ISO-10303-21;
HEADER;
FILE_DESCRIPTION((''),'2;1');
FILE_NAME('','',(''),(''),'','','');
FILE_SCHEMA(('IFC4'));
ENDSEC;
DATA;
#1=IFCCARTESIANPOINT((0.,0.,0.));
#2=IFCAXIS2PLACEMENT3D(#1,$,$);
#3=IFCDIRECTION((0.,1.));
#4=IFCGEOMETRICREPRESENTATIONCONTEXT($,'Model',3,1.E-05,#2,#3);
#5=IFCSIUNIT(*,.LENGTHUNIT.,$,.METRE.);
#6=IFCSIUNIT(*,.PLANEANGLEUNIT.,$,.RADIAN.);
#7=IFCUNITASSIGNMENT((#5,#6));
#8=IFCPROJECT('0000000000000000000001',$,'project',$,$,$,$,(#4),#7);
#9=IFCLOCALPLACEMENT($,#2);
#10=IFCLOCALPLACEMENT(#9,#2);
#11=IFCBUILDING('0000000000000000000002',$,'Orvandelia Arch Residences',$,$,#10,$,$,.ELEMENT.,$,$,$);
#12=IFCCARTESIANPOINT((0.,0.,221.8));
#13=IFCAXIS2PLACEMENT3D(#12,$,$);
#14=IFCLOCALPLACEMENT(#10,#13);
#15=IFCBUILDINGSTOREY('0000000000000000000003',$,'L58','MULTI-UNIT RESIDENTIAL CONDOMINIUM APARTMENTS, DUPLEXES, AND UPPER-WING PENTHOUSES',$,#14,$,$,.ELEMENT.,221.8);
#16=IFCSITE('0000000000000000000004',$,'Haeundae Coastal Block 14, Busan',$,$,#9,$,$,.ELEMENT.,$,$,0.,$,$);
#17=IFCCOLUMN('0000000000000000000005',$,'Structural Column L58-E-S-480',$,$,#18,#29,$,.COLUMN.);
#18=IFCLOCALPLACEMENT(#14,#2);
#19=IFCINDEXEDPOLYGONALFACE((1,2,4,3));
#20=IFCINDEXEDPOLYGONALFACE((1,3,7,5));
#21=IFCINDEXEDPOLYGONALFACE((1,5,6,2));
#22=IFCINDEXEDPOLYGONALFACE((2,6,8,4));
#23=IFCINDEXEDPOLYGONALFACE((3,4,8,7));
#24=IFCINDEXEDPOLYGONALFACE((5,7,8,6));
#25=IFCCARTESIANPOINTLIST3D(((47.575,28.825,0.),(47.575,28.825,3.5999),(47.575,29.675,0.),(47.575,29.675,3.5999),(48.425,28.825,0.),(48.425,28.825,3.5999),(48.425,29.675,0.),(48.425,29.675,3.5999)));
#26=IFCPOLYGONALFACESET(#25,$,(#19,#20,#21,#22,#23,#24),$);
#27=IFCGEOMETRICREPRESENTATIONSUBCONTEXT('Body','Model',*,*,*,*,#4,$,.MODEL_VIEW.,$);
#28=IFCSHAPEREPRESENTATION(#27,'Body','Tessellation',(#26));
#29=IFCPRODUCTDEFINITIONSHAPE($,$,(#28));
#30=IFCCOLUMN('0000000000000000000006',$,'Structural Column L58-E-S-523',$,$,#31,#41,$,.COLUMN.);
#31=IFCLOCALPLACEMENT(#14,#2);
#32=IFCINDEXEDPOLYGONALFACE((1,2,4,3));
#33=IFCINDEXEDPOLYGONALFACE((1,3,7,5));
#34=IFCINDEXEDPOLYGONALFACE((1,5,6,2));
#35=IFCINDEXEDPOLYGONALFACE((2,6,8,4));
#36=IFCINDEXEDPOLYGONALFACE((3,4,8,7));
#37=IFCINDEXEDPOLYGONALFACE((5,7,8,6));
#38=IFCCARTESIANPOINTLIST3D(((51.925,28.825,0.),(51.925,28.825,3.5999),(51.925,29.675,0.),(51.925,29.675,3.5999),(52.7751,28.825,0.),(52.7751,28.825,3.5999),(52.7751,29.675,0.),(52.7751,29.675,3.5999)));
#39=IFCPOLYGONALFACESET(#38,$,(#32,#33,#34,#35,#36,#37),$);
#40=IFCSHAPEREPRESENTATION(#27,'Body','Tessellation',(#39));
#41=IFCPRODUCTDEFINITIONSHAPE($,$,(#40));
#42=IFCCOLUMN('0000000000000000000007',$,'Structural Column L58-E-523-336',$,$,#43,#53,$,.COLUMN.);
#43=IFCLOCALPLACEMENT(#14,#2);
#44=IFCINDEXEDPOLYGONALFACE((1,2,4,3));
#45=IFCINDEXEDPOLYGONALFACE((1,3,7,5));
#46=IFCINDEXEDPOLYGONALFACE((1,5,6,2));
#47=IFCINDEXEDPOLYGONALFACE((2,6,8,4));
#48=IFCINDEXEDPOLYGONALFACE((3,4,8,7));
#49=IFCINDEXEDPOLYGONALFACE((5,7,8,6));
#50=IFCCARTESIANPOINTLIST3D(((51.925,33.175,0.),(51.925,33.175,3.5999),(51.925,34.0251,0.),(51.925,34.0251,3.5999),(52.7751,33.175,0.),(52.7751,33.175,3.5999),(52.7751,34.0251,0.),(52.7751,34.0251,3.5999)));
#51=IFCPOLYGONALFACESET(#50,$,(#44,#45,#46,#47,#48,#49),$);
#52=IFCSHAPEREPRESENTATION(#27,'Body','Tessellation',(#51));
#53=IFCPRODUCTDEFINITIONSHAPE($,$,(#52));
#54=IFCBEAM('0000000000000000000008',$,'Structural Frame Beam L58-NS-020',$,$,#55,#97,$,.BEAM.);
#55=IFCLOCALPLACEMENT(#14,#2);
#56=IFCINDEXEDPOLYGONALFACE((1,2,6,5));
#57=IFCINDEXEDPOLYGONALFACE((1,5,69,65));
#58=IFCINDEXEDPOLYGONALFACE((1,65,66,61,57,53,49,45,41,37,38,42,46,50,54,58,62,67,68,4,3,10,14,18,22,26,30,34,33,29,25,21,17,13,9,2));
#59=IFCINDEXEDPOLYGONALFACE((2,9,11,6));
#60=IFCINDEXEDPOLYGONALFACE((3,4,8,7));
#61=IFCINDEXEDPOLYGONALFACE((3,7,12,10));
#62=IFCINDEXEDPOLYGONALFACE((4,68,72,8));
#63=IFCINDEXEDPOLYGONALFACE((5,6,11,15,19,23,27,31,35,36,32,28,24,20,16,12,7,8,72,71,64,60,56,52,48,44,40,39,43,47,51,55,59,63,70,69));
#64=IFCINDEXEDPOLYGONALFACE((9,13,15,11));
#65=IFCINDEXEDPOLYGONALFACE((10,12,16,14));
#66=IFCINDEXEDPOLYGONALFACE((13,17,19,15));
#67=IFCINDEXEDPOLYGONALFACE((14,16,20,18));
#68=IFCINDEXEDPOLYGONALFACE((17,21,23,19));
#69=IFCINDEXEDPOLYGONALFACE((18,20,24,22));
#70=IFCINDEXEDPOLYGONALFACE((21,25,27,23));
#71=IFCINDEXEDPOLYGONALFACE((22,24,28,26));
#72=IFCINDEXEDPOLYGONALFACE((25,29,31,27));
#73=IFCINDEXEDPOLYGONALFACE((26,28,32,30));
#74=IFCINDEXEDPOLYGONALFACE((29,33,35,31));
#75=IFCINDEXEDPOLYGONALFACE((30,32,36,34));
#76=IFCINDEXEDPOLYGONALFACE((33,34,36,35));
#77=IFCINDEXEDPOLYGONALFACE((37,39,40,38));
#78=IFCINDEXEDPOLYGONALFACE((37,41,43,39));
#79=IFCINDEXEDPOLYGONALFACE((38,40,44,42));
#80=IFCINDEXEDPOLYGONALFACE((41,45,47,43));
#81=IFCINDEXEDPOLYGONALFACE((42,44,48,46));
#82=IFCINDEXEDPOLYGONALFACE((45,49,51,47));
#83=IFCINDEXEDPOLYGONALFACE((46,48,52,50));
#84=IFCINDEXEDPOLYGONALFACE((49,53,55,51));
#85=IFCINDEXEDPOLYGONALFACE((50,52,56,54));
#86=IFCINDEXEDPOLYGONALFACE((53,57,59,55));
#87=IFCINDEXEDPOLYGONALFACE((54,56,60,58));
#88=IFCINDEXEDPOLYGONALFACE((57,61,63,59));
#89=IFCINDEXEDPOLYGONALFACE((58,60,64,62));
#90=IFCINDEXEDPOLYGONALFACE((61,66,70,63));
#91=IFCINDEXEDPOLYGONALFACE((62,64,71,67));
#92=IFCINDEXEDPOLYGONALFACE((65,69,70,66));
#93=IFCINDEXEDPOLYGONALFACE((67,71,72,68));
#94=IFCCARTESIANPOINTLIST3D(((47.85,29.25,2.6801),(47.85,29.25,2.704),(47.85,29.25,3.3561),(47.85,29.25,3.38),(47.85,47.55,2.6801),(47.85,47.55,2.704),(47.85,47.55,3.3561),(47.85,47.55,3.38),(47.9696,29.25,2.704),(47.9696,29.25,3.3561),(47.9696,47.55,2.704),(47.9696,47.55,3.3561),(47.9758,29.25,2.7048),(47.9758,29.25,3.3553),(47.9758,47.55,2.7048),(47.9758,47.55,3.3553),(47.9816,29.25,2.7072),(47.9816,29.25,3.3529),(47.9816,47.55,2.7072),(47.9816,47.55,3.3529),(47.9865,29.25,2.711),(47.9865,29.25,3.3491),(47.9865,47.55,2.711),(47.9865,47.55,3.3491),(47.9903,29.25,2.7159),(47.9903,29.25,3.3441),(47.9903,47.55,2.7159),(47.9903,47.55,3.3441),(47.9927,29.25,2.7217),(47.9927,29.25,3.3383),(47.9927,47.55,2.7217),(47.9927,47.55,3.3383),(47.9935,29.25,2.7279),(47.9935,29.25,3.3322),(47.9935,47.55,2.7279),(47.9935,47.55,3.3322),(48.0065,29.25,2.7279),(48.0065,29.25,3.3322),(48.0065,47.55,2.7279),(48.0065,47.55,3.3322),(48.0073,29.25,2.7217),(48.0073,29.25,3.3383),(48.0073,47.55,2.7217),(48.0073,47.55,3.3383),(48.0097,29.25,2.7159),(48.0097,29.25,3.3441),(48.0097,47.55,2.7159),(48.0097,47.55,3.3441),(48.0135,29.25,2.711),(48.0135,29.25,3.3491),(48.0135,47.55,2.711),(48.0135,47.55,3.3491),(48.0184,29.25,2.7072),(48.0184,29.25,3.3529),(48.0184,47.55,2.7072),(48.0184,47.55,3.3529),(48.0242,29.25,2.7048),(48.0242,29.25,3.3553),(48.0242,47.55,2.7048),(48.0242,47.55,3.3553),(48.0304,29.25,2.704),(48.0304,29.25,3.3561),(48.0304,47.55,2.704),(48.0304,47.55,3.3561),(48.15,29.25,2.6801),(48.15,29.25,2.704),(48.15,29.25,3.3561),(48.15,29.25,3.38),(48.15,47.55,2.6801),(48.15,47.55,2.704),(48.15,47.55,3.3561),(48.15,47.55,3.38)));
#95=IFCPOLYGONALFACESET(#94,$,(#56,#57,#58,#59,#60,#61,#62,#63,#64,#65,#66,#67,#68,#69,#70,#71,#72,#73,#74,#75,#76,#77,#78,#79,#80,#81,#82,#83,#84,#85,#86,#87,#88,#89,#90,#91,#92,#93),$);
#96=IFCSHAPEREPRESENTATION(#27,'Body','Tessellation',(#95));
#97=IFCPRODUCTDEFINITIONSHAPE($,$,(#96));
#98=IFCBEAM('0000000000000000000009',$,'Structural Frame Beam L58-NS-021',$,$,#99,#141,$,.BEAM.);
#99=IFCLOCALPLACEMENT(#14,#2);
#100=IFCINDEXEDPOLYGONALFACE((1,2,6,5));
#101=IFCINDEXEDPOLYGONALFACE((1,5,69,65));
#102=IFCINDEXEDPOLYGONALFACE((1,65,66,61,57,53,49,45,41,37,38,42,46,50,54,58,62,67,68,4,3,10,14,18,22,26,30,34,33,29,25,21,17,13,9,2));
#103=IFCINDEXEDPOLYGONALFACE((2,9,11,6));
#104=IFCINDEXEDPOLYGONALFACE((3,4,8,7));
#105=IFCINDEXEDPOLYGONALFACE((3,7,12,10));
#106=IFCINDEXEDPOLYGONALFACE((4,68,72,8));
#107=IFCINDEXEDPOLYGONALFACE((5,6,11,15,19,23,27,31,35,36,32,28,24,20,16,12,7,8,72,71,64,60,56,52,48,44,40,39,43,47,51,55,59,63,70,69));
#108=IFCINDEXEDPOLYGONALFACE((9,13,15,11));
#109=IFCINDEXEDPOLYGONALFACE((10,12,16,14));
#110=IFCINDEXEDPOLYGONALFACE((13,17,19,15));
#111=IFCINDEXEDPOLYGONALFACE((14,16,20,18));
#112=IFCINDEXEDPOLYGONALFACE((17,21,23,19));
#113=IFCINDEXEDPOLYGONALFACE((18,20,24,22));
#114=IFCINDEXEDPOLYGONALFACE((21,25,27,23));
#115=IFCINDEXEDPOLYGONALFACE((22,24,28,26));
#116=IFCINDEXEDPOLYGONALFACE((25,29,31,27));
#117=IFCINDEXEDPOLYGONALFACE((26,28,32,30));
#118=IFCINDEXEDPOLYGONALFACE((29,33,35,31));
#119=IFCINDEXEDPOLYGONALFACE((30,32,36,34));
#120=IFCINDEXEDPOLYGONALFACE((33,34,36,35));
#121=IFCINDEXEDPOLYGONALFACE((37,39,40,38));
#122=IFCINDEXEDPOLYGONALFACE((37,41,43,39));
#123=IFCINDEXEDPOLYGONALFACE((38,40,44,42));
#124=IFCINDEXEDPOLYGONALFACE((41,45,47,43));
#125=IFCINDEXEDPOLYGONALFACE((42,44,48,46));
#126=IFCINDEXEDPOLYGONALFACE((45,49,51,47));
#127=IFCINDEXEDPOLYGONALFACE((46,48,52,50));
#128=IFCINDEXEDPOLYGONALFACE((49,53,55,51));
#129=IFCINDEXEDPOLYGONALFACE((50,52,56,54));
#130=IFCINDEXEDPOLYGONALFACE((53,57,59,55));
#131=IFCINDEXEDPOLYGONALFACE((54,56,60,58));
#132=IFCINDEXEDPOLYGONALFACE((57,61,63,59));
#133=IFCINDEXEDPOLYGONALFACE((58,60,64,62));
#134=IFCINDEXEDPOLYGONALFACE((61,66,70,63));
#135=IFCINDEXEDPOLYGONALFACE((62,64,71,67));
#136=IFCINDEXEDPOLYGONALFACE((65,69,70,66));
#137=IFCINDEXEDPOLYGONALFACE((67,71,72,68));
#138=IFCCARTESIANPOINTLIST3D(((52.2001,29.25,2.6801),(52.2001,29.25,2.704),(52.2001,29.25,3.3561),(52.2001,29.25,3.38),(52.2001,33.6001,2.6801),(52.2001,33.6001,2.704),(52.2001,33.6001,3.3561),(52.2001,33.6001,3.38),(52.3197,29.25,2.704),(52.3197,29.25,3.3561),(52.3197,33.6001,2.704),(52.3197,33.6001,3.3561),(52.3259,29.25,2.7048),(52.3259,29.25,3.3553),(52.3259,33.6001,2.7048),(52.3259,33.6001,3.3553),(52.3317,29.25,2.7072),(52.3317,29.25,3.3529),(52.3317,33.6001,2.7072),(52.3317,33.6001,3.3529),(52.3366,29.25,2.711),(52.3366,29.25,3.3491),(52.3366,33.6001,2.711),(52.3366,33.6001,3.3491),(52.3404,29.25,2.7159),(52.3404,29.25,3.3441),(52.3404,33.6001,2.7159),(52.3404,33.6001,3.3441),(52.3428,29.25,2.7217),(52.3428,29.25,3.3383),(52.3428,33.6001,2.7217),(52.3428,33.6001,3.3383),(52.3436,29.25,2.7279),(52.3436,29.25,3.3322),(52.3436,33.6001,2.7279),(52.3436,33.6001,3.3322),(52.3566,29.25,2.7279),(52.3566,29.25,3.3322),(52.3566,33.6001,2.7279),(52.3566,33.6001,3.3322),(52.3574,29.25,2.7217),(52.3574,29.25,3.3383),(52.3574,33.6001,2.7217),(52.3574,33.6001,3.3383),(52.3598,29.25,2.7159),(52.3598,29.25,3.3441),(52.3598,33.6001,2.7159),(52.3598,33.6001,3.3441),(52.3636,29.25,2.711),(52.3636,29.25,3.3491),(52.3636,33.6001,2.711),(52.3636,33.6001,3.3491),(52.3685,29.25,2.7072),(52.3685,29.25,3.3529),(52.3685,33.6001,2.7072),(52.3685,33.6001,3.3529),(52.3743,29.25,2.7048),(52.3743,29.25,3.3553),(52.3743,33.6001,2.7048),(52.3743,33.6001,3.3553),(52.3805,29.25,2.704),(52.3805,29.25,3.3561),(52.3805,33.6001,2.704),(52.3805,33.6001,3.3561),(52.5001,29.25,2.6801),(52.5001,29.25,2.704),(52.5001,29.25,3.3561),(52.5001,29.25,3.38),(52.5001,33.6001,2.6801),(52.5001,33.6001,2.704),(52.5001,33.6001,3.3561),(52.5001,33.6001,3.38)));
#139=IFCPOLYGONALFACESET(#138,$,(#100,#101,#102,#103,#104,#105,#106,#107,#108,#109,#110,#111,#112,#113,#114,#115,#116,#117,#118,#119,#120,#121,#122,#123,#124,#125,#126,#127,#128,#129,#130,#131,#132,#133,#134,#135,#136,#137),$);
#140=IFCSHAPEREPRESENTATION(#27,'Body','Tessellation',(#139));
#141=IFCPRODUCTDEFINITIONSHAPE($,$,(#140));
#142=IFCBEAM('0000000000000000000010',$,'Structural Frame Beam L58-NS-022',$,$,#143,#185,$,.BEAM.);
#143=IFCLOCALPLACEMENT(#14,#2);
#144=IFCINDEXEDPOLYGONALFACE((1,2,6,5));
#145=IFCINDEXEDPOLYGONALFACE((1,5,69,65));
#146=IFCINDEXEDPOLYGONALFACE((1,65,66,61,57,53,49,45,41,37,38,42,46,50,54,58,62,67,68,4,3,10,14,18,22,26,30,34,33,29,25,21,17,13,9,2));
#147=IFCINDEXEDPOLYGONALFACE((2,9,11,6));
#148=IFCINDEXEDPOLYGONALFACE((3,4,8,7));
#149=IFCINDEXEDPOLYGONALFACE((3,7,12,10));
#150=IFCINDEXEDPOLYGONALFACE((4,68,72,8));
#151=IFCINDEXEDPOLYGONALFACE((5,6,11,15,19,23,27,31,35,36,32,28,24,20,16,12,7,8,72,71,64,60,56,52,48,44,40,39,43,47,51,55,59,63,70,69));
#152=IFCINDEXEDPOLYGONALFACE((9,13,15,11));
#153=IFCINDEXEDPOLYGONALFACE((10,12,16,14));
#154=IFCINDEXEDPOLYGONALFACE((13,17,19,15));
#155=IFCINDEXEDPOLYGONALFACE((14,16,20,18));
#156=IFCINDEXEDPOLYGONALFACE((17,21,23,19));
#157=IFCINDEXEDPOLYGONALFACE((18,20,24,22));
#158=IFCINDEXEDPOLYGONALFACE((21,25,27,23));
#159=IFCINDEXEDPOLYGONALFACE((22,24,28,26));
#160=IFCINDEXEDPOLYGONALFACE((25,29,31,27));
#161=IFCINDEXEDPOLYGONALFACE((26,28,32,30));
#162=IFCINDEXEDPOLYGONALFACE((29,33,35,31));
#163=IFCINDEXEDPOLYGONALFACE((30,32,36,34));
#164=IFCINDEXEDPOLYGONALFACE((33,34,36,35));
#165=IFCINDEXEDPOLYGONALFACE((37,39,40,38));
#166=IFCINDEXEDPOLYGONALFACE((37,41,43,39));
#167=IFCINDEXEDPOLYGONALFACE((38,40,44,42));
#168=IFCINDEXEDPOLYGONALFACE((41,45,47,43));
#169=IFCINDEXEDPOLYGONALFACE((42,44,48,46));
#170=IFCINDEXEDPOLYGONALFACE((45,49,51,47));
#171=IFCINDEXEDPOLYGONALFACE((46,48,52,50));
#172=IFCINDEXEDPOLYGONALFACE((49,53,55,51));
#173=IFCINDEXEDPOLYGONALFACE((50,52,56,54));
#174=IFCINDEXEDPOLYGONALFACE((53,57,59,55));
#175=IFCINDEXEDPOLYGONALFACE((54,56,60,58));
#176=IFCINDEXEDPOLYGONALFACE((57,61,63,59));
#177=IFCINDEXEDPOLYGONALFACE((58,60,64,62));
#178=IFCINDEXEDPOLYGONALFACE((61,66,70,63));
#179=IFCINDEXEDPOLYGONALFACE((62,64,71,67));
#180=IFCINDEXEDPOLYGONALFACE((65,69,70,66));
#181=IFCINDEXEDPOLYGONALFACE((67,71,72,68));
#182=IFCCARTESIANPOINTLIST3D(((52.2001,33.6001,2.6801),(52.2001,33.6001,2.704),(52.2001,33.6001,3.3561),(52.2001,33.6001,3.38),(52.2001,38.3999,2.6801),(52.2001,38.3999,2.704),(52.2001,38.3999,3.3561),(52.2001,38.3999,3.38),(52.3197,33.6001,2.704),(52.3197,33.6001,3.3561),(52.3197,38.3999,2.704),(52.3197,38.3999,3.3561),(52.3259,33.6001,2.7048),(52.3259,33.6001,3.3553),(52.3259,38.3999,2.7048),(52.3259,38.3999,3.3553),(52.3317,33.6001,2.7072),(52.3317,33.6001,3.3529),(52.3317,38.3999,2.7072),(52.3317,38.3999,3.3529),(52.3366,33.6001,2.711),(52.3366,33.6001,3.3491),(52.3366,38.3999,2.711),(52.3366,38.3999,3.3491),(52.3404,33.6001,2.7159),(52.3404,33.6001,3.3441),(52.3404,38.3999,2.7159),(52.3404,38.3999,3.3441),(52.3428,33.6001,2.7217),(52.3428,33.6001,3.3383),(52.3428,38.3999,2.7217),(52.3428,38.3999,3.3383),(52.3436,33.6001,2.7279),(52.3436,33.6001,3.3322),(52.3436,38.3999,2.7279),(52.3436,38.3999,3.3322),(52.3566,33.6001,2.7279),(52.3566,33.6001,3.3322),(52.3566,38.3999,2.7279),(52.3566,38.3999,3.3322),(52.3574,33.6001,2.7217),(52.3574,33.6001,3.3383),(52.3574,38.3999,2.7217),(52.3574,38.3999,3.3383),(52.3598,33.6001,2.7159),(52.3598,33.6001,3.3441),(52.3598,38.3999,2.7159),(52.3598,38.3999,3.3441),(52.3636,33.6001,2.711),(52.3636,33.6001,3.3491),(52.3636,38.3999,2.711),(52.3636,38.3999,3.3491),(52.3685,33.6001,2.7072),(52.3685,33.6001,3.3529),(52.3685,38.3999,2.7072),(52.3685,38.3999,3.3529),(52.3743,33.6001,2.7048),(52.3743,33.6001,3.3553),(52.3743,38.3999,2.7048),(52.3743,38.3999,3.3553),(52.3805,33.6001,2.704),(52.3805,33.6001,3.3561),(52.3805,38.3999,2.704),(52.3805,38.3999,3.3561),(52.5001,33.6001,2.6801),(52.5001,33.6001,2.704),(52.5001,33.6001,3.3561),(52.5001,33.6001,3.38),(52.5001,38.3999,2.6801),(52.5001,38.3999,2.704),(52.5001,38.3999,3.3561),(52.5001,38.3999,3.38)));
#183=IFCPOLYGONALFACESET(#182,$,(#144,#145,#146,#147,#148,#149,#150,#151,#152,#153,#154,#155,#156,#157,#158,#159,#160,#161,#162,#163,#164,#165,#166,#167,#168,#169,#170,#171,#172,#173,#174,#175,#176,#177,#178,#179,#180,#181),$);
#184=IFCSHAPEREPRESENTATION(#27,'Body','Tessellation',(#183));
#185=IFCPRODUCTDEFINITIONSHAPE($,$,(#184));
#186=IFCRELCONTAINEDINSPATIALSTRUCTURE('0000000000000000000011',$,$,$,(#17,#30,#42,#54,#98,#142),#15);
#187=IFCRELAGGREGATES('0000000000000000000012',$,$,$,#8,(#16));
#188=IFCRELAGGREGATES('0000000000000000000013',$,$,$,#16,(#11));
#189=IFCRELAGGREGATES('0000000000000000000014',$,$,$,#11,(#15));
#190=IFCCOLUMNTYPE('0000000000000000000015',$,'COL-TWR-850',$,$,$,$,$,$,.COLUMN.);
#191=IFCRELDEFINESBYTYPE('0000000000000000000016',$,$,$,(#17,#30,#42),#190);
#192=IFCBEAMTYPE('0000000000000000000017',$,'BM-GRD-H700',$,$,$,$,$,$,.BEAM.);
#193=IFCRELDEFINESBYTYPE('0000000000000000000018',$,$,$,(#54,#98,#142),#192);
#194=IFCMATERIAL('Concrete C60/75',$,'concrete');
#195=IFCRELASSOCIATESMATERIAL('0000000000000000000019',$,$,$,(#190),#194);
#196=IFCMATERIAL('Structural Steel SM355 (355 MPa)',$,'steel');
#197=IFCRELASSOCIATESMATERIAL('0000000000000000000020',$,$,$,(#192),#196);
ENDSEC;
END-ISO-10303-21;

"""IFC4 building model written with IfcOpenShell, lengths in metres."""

from ifc_helpers import new_model, si_unit, direction, frame, origin, origin_2d, place, context, subcontext, project, spatial, rectangle, i_section, extrude, material, material_profile, profile_set, type_object, element, save


model = new_model("IFC4")

# Units and contexts
model_context = context("Model", 3, precision=1e-05, world=origin(), true_north=direction((0.0, 1.0)))
body_context = subcontext(model_context, "Body", "Model", "MODEL_VIEW")
ifc_project = project(units=[si_unit("LENGTHUNIT", "METRE"), si_unit("PLANEANGLEUNIT", "RADIAN")], contexts=[model_context])

# Site, building, storey
site_placement = place(None, origin())
site = spatial("IfcSite", under=ifc_project, at=site_placement, Name="Haeundae Coastal Block 14, Busan", CompositionType="ELEMENT", RefElevation=0.0)
building_placement = place(site_placement, origin())
building = spatial("IfcBuilding", under=site, at=building_placement, Name="Orvandelia Arch Residences", CompositionType="ELEMENT")
storey_placement = place(building_placement, frame((0.0, 0.0, 221.8)))
storey = spatial("IfcBuildingStorey", under=building, at=storey_placement, Name="L58", Description="MULTI-UNIT RESIDENTIAL CONDOMINIUM APARTMENTS, DUPLEXES, AND UPPER-WING PENTHOUSES", CompositionType="ELEMENT", Elevation=221.8)

# Columns
ifc_material_1 = material(Name="Concrete C60/75", Category="concrete")
ifc_material_profile_1 = material_profile(ifc_material_1, rectangle(XDim=0.8501, YDim=0.8501, at=origin_2d()), Name="Concrete C60/75", Category="concrete")
ifc_profile_set_1 = profile_set([ifc_material_profile_1], Name="Concrete C60/75")
column_type = type_object("IfcColumnType", Name="COL-TWR-850", PredefinedType="COLUMN", material=ifc_profile_set_1)
for number, where, z_axis, x_axis, name in (
    (1, (48.0, 29.25, 0.0), (0.0, 0.0, 1.0), (1.0, 0.0, 0.0), "Structural Column L58-E-S-480"),
    (2, (52.3501, 29.25, 0.0), (0.0, 0.0, 1.0), (1.0, 0.0, 0.0), "Structural Column L58-E-S-523"),
    (3, (52.3501, 33.6001, 0.0), (0.0, 0.0, 1.0), (1.0, 0.0, 0.0), "Structural Column L58-E-523-336"),
):
    element("IfcColumn", number, at=place(storey_placement, frame(where, z_axis=z_axis, x_axis=x_axis)), inside=storey, type_object=column_type, Name=name, PredefinedType="COLUMN", context=body_context, shape_type="SweptSolid", body=[
        extrude(rectangle(XDim=0.8501, YDim=0.8501, at=origin_2d()), origin(), (0.0, 0.0, 1.0), 3.5999),
    ])

# Beams
ifc_material_2 = material(Name="Structural Steel SM355 (355 MPa)", Category="steel")
ifc_material_profile_2 = material_profile(ifc_material_2, i_section(OverallWidth=0.3, OverallDepth=0.7, WebThickness=0.0129, FlangeThickness=0.0239, FilletRadius=0.0239, at=origin_2d()), Name="Structural Steel SM355 (355 MPa)", Category="steel")
ifc_profile_set_2 = profile_set([ifc_material_profile_2], Name="Structural Steel SM355 (355 MPa)")
beam_type = type_object("IfcBeamType", Name="BM-GRD-H700", PredefinedType="BEAM", material=ifc_profile_set_2)
beam_1_placement = place(storey_placement, frame((48.0, 29.25, 3.03), z_axis=(0.0, 1.0, 0.0), x_axis=(-1.0, 0.0, 0.0)))
element("IfcBeam", 4, at=beam_1_placement, inside=storey, type_object=beam_type, Name="Structural Frame Beam L58-NS-020", PredefinedType="BEAM", context=body_context, shape_type="SweptSolid", body=[
    extrude(i_section(OverallWidth=0.3, OverallDepth=0.7, WebThickness=0.0129, FlangeThickness=0.0239, FilletRadius=0.0239, at=origin_2d()), origin(), (0.0, 0.0, 1.0), 18.3),
])
beam_2_placement = place(storey_placement, frame((52.3501, 29.25, 3.03), z_axis=(0.0, 1.0, 0.0), x_axis=(-1.0, 0.0, 0.0)))
element("IfcBeam", 5, at=beam_2_placement, inside=storey, type_object=beam_type, Name="Structural Frame Beam L58-NS-021", PredefinedType="BEAM", context=body_context, shape_type="SweptSolid", body=[
    extrude(i_section(OverallWidth=0.3, OverallDepth=0.7, WebThickness=0.0129, FlangeThickness=0.0239, FilletRadius=0.0239, at=origin_2d()), origin(), (0.0, 0.0, 1.0), 4.3501),
])
beam_3_placement = place(storey_placement, frame((52.3501, 33.6001, 3.03), z_axis=(0.0, 1.0, 0.0), x_axis=(-1.0, 0.0, 0.0)))
element("IfcBeam", 6, at=beam_3_placement, inside=storey, type_object=beam_type, Name="Structural Frame Beam L58-NS-022", PredefinedType="BEAM", context=body_context, shape_type="SweptSolid", body=[
    extrude(i_section(OverallWidth=0.3, OverallDepth=0.7, WebThickness=0.0129, FlangeThickness=0.0239, FilletRadius=0.0239, at=origin_2d()), origin(), (0.0, 0.0, 1.0), 4.7998),
])

save(model, "model.ifc")
